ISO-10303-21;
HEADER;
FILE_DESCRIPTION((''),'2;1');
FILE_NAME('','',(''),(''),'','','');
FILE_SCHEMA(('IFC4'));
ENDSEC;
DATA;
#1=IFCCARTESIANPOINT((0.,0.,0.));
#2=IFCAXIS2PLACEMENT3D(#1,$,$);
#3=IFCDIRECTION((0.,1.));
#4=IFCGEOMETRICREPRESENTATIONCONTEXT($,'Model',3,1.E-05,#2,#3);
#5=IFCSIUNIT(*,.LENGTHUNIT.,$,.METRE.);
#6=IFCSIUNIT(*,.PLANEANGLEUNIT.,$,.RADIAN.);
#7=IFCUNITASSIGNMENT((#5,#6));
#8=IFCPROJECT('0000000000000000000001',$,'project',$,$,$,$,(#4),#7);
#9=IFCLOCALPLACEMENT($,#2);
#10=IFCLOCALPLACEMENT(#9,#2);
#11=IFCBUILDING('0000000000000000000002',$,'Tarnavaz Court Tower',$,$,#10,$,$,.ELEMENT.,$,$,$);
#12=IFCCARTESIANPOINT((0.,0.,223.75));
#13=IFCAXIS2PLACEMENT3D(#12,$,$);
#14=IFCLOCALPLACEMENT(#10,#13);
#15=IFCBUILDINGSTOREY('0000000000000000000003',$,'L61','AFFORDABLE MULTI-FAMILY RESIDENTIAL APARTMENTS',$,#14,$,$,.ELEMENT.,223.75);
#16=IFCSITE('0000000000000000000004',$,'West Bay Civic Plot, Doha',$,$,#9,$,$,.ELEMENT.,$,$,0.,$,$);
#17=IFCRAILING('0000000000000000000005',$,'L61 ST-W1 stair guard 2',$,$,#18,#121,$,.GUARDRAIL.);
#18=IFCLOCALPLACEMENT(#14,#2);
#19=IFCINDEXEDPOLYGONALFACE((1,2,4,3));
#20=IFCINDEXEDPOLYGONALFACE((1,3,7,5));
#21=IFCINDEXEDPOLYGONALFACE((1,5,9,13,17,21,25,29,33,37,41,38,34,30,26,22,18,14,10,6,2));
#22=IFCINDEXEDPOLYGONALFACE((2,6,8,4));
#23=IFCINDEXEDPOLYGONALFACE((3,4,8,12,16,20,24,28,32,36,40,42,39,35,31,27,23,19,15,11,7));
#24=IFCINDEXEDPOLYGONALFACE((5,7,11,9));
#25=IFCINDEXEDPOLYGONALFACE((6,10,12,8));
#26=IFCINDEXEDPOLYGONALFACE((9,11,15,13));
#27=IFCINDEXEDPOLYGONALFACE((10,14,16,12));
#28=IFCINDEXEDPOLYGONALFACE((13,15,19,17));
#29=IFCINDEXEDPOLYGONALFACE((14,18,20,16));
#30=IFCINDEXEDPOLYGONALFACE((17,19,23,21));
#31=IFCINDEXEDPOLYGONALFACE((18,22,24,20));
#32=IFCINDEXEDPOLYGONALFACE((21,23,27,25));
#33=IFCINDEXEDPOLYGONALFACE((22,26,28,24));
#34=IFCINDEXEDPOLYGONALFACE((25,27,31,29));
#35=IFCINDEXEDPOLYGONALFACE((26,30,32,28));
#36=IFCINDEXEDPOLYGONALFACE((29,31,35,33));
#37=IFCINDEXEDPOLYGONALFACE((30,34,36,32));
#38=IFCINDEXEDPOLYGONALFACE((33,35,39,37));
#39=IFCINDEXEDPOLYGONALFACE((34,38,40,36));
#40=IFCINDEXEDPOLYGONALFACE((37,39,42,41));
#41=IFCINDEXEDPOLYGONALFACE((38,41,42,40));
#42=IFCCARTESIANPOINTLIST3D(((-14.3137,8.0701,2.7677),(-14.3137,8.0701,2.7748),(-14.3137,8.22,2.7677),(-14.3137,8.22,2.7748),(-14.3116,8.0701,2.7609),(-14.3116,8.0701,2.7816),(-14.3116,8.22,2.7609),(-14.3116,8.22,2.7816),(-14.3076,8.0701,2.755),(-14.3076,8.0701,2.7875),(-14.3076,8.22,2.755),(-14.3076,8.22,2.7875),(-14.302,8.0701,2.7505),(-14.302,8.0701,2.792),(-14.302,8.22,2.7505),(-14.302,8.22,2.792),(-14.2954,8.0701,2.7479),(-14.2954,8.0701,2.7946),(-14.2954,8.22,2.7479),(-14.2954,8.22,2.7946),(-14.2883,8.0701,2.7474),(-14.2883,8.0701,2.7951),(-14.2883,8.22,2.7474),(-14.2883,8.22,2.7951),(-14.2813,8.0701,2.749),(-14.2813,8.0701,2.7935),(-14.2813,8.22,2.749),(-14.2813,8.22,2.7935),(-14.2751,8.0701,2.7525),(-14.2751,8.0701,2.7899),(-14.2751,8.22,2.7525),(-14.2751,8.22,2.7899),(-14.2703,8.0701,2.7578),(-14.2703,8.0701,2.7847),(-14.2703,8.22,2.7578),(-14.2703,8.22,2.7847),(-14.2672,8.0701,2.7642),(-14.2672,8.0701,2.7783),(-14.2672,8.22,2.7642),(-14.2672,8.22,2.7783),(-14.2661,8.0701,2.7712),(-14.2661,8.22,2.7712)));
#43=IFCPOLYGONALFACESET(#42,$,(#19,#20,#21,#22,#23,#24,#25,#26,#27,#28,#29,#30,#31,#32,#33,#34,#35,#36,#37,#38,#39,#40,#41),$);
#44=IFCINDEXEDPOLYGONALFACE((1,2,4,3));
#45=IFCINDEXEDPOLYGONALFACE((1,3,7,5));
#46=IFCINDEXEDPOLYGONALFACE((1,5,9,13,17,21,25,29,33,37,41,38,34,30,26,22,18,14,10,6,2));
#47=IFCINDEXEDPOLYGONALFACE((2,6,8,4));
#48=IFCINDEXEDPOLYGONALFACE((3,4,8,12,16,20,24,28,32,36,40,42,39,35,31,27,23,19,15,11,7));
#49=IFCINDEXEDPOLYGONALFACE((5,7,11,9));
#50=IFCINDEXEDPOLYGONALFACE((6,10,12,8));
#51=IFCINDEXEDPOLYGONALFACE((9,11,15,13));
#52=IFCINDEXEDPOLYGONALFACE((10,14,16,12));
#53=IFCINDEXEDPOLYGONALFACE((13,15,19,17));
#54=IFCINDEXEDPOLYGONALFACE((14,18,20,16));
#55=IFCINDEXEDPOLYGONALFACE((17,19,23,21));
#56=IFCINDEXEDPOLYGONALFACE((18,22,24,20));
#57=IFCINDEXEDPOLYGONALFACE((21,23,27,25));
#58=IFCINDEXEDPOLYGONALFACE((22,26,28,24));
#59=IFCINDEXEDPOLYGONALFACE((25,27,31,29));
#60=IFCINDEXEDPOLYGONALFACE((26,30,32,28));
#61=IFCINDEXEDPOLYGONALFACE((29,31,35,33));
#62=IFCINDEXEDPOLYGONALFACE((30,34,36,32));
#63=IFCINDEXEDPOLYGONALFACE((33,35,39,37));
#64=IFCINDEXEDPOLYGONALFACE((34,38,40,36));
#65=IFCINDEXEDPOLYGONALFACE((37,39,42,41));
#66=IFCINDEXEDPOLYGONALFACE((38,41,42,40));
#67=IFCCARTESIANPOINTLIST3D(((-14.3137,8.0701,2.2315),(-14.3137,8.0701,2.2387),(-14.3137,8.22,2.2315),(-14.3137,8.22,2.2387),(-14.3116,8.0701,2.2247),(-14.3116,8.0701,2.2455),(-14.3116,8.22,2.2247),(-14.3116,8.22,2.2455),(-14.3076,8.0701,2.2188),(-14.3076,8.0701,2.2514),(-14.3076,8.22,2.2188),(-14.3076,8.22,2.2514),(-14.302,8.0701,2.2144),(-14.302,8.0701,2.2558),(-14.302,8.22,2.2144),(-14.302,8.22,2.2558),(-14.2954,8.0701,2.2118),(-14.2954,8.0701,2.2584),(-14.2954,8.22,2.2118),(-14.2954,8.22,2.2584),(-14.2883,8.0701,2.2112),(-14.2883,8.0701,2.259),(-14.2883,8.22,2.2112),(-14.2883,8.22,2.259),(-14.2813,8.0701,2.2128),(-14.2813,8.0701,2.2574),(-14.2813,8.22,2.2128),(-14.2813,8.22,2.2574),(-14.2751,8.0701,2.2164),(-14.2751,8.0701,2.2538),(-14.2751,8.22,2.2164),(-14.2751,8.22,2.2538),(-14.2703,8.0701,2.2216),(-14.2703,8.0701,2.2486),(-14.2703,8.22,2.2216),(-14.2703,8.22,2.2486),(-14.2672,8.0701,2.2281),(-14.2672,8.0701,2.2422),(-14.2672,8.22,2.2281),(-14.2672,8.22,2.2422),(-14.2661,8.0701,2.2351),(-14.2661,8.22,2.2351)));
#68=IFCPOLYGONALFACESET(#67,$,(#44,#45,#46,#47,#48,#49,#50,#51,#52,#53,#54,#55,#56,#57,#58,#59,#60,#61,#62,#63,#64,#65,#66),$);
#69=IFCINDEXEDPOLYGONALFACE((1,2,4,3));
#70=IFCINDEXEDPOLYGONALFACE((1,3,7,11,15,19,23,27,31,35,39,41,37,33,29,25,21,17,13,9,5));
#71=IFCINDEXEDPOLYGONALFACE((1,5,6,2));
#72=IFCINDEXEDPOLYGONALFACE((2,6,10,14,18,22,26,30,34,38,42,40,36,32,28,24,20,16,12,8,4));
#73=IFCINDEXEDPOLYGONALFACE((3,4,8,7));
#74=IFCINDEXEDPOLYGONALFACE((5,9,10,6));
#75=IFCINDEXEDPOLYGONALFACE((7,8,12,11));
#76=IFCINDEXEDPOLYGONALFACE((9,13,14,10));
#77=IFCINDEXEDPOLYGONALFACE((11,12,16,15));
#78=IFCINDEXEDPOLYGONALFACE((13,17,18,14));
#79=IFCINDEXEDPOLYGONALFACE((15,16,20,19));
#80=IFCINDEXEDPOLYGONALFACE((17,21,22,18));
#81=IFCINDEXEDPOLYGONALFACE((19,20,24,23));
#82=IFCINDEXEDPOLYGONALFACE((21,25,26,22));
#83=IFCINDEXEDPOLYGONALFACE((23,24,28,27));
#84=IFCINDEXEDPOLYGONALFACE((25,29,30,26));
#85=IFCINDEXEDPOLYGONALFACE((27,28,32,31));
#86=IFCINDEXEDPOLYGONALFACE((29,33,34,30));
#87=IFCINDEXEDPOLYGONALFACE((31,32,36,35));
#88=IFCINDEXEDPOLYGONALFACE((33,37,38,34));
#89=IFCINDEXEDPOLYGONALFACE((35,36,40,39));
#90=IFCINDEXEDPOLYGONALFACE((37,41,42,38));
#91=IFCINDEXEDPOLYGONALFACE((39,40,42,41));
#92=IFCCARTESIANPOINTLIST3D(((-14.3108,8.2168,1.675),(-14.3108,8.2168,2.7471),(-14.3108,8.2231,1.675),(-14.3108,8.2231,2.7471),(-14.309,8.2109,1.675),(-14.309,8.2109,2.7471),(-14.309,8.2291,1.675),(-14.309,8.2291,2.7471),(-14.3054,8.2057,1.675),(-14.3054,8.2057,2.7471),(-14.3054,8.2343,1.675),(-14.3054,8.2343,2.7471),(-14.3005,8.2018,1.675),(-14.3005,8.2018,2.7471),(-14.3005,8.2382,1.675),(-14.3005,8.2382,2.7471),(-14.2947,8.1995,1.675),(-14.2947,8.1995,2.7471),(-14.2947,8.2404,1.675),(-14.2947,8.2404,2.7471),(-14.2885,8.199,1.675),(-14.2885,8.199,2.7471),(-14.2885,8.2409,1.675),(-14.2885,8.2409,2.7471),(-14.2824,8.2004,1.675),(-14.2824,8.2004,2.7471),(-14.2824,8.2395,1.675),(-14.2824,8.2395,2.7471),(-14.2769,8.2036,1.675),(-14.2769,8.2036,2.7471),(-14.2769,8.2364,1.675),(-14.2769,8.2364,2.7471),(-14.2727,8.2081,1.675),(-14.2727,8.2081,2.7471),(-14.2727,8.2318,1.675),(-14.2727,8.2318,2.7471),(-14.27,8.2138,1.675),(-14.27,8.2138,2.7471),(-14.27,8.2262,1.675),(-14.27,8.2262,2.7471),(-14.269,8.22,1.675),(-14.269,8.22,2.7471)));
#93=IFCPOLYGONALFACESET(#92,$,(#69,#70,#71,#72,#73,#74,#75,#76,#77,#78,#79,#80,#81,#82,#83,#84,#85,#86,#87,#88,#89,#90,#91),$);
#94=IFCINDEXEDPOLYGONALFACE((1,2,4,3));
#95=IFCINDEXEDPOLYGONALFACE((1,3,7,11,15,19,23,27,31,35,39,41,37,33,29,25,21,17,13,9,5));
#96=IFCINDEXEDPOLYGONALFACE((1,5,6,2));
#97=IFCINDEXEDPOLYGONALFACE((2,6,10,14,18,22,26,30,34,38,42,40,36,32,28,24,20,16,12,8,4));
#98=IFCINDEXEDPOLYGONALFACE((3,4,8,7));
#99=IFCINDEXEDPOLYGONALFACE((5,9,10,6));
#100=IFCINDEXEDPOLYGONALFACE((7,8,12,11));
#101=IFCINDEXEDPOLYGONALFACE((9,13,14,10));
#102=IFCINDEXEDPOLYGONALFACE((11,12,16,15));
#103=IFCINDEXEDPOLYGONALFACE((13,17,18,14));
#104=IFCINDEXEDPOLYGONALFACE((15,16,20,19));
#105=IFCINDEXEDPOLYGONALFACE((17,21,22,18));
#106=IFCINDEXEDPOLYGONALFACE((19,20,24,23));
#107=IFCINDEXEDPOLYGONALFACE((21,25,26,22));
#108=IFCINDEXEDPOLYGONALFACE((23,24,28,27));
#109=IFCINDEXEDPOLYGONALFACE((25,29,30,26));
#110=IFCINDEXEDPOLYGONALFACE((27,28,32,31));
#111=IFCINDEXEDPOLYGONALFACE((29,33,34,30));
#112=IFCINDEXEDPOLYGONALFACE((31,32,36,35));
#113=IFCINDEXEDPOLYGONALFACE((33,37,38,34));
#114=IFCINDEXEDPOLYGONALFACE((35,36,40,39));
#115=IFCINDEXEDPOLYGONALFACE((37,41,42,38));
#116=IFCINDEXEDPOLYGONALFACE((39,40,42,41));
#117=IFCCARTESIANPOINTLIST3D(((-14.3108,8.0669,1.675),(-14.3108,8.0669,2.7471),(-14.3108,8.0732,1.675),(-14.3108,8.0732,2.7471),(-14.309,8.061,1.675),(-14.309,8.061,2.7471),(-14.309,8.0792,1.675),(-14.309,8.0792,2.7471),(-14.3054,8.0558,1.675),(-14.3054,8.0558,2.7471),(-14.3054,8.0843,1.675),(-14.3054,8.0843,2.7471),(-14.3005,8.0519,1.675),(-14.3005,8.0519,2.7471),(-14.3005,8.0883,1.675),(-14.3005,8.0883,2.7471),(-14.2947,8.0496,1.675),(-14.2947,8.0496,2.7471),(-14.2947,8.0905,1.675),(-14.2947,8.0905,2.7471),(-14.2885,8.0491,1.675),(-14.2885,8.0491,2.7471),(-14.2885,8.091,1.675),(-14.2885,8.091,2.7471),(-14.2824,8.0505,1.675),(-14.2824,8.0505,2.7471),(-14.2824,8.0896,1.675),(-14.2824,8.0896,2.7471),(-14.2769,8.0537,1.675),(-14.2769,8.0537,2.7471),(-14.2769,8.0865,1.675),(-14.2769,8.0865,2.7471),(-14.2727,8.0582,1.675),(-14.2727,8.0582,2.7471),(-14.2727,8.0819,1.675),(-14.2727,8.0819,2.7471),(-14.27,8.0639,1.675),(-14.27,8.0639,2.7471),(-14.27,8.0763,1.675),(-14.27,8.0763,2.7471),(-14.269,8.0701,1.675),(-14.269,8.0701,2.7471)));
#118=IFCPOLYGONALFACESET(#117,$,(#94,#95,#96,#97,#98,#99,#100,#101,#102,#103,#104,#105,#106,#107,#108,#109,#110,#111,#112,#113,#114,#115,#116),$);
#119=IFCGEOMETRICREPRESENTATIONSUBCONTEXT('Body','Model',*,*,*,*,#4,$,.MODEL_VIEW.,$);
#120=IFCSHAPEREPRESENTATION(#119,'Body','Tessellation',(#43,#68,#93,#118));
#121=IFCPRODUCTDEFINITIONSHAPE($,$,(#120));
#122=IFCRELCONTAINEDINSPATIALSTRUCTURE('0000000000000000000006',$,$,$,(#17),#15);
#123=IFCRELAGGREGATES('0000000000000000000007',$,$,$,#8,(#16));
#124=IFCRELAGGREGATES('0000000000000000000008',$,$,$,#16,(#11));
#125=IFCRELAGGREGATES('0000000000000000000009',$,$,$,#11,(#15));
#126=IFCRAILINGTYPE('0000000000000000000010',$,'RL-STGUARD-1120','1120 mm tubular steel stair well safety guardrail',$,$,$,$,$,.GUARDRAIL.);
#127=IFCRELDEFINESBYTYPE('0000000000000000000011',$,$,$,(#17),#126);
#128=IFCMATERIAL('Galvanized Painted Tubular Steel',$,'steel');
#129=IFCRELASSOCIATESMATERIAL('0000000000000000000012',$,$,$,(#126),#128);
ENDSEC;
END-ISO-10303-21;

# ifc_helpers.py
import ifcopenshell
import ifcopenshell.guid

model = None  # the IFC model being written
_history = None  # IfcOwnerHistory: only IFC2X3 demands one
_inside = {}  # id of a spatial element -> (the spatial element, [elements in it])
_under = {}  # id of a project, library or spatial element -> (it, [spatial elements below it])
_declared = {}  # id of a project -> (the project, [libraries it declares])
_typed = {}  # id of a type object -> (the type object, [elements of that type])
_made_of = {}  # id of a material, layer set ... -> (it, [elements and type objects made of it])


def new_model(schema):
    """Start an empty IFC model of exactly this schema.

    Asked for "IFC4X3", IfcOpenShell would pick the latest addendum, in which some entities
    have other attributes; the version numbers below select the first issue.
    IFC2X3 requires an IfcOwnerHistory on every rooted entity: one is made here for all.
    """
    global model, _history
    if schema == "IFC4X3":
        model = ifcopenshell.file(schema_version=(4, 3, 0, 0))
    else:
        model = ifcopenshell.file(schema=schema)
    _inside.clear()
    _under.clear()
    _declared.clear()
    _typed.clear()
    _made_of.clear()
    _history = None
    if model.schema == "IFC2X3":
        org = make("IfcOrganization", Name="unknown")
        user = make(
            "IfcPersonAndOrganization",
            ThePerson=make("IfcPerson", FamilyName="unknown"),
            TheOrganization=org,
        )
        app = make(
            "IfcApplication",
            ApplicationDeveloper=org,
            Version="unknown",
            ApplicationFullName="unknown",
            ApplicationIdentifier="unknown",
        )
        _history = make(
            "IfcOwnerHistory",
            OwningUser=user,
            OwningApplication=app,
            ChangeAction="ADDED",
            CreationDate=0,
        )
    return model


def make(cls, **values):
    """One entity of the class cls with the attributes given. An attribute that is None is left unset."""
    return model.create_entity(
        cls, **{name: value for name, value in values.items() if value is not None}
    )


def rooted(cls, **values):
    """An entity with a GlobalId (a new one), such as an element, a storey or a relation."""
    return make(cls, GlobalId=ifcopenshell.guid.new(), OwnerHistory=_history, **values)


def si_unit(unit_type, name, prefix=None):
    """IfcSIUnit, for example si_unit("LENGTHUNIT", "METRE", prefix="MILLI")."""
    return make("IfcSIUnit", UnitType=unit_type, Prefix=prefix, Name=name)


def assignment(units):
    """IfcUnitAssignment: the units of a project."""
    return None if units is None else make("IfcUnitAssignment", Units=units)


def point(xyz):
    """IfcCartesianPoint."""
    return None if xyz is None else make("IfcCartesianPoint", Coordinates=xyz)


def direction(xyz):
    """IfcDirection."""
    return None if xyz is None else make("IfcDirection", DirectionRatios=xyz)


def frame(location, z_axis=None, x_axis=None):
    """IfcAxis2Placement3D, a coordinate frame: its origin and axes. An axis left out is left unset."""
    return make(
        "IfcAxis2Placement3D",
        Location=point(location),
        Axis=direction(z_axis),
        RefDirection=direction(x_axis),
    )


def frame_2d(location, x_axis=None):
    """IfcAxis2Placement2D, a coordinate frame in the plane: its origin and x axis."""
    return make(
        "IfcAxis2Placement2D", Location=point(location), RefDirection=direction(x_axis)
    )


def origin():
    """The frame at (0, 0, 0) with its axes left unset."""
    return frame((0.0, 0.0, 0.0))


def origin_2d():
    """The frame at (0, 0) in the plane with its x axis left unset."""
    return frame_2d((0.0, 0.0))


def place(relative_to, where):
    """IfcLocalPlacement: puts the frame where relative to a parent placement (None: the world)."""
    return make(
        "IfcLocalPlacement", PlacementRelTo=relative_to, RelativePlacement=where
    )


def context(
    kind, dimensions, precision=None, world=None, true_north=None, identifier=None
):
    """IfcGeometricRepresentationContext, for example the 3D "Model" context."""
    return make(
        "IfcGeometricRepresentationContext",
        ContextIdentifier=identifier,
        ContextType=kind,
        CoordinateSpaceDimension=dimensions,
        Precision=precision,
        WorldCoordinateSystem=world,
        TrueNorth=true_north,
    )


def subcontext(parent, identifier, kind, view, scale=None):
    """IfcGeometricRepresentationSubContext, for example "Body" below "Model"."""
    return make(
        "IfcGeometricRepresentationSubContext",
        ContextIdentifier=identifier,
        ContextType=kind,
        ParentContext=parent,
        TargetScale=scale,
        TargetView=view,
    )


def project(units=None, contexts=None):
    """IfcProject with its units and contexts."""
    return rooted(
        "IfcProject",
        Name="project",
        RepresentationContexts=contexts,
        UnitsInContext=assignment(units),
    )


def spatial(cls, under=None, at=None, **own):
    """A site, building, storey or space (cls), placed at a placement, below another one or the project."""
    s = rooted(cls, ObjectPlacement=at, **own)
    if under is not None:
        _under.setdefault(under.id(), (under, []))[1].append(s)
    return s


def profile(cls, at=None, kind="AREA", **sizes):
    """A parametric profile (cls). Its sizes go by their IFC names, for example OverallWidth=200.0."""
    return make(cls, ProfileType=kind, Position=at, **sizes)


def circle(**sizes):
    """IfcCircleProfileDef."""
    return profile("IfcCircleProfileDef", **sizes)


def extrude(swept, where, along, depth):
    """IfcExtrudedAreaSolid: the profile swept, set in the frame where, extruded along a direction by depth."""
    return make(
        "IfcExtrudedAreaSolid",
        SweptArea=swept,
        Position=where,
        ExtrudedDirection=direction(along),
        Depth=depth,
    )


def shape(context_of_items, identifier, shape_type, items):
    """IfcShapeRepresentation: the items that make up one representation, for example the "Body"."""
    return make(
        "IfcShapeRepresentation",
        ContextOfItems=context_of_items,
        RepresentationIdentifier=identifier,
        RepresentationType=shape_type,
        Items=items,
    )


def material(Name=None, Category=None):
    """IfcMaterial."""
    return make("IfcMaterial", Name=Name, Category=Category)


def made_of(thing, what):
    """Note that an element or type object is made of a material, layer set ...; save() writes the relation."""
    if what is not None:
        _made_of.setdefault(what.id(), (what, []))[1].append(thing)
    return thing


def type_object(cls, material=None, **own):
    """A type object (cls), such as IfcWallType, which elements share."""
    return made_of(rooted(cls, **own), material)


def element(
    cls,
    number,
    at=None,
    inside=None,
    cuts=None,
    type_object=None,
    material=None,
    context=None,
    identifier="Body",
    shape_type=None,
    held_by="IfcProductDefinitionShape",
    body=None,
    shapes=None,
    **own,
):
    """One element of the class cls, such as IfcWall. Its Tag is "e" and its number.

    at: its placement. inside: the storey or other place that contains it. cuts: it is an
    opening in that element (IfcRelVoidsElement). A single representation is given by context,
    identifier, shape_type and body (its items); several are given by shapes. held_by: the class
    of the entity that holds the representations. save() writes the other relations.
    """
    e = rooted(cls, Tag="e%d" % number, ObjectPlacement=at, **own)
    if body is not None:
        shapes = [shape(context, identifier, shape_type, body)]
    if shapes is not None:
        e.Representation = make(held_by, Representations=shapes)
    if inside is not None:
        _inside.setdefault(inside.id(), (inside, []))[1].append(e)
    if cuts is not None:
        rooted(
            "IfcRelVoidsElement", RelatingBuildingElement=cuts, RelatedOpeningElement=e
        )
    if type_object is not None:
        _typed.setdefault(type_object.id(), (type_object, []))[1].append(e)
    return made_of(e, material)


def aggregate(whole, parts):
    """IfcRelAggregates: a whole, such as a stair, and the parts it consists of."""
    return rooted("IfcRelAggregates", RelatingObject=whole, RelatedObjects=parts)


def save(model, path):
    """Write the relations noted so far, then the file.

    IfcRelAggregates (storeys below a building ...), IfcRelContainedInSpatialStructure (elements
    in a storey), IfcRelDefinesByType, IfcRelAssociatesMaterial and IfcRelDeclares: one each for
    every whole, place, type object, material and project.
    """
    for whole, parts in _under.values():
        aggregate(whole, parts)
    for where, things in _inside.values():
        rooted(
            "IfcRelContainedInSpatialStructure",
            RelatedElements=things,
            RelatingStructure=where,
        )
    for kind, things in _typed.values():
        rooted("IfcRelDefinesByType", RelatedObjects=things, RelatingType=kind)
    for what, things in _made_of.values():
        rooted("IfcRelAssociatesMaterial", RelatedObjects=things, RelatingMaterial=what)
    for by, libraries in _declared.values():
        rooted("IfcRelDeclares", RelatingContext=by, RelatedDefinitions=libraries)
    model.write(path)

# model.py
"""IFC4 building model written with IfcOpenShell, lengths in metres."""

from ifc_helpers import new_model, si_unit, direction, frame, origin, origin_2d, place, context, subcontext, project, spatial, circle, extrude, material, type_object, element, save


model = new_model("IFC4")

# Units and contexts
model_context = context("Model", 3, precision=1e-05, world=origin(), true_north=direction((0.0, 1.0)))
body_context = subcontext(model_context, "Body", "Model", "MODEL_VIEW")
ifc_project = project(units=[si_unit("LENGTHUNIT", "METRE"), si_unit("PLANEANGLEUNIT", "RADIAN")], contexts=[model_context])

# Site, building, storey
site_placement = place(None, origin())
site = spatial("IfcSite", under=ifc_project, at=site_placement, Name="West Bay Civic Plot, Doha", CompositionType="ELEMENT", RefElevation=0.0)
building_placement = place(site_placement, origin())
building = spatial("IfcBuilding", under=site, at=building_placement, Name="Tarnavaz Court Tower", CompositionType="ELEMENT")
storey_placement = place(building_placement, frame((0.0, 0.0, 223.75)))
storey = spatial("IfcBuildingStorey", under=building, at=storey_placement, Name="L61", Description="AFFORDABLE MULTI-FAMILY RESIDENTIAL APARTMENTS", CompositionType="ELEMENT", Elevation=223.75)

# Railing
ifc_material_1 = material(Name="Galvanized Painted Tubular Steel", Category="steel")
railing_type_1 = type_object("IfcRailingType", Name="RL-STGUARD-1120", Description="1120 mm tubular steel stair well safety guardrail", PredefinedType="GUARDRAIL", material=ifc_material_1)
railing_1_placement = place(storey_placement, frame((-14.29, 8.22, 1.675)))
element("IfcRailing", 1, at=railing_1_placement, inside=storey, type_object=railing_type_1, Name="L61 ST-W1 stair guard 2", PredefinedType="GUARDRAIL", context=body_context, shape_type="SweptSolid", body=[
    extrude(circle(Radius=0.0239, at=origin_2d()), frame((0.0, 0.0, 1.0962), z_axis=(0.0, -1.0, 0.0), x_axis=(1.0, 0.0, 0.0)), (0.0, 0.0, 1.0), 0.1499),
    extrude(circle(Radius=0.0239, at=origin_2d()), frame((0.0, 0.0, 0.5601), z_axis=(0.0, -1.0, 0.0), x_axis=(1.0, 0.0, 0.0)), (0.0, 0.0, 1.0), 0.1499),
    extrude(circle(Radius=0.021, at=origin_2d()), origin(), (0.0, 0.0, 1.0), 1.072),
    extrude(circle(Radius=0.021, at=origin_2d()), frame((0.0, -0.1499, 0.0)), (0.0, 0.0, 1.0), 1.072),
])

save(model, "model.ifc")
